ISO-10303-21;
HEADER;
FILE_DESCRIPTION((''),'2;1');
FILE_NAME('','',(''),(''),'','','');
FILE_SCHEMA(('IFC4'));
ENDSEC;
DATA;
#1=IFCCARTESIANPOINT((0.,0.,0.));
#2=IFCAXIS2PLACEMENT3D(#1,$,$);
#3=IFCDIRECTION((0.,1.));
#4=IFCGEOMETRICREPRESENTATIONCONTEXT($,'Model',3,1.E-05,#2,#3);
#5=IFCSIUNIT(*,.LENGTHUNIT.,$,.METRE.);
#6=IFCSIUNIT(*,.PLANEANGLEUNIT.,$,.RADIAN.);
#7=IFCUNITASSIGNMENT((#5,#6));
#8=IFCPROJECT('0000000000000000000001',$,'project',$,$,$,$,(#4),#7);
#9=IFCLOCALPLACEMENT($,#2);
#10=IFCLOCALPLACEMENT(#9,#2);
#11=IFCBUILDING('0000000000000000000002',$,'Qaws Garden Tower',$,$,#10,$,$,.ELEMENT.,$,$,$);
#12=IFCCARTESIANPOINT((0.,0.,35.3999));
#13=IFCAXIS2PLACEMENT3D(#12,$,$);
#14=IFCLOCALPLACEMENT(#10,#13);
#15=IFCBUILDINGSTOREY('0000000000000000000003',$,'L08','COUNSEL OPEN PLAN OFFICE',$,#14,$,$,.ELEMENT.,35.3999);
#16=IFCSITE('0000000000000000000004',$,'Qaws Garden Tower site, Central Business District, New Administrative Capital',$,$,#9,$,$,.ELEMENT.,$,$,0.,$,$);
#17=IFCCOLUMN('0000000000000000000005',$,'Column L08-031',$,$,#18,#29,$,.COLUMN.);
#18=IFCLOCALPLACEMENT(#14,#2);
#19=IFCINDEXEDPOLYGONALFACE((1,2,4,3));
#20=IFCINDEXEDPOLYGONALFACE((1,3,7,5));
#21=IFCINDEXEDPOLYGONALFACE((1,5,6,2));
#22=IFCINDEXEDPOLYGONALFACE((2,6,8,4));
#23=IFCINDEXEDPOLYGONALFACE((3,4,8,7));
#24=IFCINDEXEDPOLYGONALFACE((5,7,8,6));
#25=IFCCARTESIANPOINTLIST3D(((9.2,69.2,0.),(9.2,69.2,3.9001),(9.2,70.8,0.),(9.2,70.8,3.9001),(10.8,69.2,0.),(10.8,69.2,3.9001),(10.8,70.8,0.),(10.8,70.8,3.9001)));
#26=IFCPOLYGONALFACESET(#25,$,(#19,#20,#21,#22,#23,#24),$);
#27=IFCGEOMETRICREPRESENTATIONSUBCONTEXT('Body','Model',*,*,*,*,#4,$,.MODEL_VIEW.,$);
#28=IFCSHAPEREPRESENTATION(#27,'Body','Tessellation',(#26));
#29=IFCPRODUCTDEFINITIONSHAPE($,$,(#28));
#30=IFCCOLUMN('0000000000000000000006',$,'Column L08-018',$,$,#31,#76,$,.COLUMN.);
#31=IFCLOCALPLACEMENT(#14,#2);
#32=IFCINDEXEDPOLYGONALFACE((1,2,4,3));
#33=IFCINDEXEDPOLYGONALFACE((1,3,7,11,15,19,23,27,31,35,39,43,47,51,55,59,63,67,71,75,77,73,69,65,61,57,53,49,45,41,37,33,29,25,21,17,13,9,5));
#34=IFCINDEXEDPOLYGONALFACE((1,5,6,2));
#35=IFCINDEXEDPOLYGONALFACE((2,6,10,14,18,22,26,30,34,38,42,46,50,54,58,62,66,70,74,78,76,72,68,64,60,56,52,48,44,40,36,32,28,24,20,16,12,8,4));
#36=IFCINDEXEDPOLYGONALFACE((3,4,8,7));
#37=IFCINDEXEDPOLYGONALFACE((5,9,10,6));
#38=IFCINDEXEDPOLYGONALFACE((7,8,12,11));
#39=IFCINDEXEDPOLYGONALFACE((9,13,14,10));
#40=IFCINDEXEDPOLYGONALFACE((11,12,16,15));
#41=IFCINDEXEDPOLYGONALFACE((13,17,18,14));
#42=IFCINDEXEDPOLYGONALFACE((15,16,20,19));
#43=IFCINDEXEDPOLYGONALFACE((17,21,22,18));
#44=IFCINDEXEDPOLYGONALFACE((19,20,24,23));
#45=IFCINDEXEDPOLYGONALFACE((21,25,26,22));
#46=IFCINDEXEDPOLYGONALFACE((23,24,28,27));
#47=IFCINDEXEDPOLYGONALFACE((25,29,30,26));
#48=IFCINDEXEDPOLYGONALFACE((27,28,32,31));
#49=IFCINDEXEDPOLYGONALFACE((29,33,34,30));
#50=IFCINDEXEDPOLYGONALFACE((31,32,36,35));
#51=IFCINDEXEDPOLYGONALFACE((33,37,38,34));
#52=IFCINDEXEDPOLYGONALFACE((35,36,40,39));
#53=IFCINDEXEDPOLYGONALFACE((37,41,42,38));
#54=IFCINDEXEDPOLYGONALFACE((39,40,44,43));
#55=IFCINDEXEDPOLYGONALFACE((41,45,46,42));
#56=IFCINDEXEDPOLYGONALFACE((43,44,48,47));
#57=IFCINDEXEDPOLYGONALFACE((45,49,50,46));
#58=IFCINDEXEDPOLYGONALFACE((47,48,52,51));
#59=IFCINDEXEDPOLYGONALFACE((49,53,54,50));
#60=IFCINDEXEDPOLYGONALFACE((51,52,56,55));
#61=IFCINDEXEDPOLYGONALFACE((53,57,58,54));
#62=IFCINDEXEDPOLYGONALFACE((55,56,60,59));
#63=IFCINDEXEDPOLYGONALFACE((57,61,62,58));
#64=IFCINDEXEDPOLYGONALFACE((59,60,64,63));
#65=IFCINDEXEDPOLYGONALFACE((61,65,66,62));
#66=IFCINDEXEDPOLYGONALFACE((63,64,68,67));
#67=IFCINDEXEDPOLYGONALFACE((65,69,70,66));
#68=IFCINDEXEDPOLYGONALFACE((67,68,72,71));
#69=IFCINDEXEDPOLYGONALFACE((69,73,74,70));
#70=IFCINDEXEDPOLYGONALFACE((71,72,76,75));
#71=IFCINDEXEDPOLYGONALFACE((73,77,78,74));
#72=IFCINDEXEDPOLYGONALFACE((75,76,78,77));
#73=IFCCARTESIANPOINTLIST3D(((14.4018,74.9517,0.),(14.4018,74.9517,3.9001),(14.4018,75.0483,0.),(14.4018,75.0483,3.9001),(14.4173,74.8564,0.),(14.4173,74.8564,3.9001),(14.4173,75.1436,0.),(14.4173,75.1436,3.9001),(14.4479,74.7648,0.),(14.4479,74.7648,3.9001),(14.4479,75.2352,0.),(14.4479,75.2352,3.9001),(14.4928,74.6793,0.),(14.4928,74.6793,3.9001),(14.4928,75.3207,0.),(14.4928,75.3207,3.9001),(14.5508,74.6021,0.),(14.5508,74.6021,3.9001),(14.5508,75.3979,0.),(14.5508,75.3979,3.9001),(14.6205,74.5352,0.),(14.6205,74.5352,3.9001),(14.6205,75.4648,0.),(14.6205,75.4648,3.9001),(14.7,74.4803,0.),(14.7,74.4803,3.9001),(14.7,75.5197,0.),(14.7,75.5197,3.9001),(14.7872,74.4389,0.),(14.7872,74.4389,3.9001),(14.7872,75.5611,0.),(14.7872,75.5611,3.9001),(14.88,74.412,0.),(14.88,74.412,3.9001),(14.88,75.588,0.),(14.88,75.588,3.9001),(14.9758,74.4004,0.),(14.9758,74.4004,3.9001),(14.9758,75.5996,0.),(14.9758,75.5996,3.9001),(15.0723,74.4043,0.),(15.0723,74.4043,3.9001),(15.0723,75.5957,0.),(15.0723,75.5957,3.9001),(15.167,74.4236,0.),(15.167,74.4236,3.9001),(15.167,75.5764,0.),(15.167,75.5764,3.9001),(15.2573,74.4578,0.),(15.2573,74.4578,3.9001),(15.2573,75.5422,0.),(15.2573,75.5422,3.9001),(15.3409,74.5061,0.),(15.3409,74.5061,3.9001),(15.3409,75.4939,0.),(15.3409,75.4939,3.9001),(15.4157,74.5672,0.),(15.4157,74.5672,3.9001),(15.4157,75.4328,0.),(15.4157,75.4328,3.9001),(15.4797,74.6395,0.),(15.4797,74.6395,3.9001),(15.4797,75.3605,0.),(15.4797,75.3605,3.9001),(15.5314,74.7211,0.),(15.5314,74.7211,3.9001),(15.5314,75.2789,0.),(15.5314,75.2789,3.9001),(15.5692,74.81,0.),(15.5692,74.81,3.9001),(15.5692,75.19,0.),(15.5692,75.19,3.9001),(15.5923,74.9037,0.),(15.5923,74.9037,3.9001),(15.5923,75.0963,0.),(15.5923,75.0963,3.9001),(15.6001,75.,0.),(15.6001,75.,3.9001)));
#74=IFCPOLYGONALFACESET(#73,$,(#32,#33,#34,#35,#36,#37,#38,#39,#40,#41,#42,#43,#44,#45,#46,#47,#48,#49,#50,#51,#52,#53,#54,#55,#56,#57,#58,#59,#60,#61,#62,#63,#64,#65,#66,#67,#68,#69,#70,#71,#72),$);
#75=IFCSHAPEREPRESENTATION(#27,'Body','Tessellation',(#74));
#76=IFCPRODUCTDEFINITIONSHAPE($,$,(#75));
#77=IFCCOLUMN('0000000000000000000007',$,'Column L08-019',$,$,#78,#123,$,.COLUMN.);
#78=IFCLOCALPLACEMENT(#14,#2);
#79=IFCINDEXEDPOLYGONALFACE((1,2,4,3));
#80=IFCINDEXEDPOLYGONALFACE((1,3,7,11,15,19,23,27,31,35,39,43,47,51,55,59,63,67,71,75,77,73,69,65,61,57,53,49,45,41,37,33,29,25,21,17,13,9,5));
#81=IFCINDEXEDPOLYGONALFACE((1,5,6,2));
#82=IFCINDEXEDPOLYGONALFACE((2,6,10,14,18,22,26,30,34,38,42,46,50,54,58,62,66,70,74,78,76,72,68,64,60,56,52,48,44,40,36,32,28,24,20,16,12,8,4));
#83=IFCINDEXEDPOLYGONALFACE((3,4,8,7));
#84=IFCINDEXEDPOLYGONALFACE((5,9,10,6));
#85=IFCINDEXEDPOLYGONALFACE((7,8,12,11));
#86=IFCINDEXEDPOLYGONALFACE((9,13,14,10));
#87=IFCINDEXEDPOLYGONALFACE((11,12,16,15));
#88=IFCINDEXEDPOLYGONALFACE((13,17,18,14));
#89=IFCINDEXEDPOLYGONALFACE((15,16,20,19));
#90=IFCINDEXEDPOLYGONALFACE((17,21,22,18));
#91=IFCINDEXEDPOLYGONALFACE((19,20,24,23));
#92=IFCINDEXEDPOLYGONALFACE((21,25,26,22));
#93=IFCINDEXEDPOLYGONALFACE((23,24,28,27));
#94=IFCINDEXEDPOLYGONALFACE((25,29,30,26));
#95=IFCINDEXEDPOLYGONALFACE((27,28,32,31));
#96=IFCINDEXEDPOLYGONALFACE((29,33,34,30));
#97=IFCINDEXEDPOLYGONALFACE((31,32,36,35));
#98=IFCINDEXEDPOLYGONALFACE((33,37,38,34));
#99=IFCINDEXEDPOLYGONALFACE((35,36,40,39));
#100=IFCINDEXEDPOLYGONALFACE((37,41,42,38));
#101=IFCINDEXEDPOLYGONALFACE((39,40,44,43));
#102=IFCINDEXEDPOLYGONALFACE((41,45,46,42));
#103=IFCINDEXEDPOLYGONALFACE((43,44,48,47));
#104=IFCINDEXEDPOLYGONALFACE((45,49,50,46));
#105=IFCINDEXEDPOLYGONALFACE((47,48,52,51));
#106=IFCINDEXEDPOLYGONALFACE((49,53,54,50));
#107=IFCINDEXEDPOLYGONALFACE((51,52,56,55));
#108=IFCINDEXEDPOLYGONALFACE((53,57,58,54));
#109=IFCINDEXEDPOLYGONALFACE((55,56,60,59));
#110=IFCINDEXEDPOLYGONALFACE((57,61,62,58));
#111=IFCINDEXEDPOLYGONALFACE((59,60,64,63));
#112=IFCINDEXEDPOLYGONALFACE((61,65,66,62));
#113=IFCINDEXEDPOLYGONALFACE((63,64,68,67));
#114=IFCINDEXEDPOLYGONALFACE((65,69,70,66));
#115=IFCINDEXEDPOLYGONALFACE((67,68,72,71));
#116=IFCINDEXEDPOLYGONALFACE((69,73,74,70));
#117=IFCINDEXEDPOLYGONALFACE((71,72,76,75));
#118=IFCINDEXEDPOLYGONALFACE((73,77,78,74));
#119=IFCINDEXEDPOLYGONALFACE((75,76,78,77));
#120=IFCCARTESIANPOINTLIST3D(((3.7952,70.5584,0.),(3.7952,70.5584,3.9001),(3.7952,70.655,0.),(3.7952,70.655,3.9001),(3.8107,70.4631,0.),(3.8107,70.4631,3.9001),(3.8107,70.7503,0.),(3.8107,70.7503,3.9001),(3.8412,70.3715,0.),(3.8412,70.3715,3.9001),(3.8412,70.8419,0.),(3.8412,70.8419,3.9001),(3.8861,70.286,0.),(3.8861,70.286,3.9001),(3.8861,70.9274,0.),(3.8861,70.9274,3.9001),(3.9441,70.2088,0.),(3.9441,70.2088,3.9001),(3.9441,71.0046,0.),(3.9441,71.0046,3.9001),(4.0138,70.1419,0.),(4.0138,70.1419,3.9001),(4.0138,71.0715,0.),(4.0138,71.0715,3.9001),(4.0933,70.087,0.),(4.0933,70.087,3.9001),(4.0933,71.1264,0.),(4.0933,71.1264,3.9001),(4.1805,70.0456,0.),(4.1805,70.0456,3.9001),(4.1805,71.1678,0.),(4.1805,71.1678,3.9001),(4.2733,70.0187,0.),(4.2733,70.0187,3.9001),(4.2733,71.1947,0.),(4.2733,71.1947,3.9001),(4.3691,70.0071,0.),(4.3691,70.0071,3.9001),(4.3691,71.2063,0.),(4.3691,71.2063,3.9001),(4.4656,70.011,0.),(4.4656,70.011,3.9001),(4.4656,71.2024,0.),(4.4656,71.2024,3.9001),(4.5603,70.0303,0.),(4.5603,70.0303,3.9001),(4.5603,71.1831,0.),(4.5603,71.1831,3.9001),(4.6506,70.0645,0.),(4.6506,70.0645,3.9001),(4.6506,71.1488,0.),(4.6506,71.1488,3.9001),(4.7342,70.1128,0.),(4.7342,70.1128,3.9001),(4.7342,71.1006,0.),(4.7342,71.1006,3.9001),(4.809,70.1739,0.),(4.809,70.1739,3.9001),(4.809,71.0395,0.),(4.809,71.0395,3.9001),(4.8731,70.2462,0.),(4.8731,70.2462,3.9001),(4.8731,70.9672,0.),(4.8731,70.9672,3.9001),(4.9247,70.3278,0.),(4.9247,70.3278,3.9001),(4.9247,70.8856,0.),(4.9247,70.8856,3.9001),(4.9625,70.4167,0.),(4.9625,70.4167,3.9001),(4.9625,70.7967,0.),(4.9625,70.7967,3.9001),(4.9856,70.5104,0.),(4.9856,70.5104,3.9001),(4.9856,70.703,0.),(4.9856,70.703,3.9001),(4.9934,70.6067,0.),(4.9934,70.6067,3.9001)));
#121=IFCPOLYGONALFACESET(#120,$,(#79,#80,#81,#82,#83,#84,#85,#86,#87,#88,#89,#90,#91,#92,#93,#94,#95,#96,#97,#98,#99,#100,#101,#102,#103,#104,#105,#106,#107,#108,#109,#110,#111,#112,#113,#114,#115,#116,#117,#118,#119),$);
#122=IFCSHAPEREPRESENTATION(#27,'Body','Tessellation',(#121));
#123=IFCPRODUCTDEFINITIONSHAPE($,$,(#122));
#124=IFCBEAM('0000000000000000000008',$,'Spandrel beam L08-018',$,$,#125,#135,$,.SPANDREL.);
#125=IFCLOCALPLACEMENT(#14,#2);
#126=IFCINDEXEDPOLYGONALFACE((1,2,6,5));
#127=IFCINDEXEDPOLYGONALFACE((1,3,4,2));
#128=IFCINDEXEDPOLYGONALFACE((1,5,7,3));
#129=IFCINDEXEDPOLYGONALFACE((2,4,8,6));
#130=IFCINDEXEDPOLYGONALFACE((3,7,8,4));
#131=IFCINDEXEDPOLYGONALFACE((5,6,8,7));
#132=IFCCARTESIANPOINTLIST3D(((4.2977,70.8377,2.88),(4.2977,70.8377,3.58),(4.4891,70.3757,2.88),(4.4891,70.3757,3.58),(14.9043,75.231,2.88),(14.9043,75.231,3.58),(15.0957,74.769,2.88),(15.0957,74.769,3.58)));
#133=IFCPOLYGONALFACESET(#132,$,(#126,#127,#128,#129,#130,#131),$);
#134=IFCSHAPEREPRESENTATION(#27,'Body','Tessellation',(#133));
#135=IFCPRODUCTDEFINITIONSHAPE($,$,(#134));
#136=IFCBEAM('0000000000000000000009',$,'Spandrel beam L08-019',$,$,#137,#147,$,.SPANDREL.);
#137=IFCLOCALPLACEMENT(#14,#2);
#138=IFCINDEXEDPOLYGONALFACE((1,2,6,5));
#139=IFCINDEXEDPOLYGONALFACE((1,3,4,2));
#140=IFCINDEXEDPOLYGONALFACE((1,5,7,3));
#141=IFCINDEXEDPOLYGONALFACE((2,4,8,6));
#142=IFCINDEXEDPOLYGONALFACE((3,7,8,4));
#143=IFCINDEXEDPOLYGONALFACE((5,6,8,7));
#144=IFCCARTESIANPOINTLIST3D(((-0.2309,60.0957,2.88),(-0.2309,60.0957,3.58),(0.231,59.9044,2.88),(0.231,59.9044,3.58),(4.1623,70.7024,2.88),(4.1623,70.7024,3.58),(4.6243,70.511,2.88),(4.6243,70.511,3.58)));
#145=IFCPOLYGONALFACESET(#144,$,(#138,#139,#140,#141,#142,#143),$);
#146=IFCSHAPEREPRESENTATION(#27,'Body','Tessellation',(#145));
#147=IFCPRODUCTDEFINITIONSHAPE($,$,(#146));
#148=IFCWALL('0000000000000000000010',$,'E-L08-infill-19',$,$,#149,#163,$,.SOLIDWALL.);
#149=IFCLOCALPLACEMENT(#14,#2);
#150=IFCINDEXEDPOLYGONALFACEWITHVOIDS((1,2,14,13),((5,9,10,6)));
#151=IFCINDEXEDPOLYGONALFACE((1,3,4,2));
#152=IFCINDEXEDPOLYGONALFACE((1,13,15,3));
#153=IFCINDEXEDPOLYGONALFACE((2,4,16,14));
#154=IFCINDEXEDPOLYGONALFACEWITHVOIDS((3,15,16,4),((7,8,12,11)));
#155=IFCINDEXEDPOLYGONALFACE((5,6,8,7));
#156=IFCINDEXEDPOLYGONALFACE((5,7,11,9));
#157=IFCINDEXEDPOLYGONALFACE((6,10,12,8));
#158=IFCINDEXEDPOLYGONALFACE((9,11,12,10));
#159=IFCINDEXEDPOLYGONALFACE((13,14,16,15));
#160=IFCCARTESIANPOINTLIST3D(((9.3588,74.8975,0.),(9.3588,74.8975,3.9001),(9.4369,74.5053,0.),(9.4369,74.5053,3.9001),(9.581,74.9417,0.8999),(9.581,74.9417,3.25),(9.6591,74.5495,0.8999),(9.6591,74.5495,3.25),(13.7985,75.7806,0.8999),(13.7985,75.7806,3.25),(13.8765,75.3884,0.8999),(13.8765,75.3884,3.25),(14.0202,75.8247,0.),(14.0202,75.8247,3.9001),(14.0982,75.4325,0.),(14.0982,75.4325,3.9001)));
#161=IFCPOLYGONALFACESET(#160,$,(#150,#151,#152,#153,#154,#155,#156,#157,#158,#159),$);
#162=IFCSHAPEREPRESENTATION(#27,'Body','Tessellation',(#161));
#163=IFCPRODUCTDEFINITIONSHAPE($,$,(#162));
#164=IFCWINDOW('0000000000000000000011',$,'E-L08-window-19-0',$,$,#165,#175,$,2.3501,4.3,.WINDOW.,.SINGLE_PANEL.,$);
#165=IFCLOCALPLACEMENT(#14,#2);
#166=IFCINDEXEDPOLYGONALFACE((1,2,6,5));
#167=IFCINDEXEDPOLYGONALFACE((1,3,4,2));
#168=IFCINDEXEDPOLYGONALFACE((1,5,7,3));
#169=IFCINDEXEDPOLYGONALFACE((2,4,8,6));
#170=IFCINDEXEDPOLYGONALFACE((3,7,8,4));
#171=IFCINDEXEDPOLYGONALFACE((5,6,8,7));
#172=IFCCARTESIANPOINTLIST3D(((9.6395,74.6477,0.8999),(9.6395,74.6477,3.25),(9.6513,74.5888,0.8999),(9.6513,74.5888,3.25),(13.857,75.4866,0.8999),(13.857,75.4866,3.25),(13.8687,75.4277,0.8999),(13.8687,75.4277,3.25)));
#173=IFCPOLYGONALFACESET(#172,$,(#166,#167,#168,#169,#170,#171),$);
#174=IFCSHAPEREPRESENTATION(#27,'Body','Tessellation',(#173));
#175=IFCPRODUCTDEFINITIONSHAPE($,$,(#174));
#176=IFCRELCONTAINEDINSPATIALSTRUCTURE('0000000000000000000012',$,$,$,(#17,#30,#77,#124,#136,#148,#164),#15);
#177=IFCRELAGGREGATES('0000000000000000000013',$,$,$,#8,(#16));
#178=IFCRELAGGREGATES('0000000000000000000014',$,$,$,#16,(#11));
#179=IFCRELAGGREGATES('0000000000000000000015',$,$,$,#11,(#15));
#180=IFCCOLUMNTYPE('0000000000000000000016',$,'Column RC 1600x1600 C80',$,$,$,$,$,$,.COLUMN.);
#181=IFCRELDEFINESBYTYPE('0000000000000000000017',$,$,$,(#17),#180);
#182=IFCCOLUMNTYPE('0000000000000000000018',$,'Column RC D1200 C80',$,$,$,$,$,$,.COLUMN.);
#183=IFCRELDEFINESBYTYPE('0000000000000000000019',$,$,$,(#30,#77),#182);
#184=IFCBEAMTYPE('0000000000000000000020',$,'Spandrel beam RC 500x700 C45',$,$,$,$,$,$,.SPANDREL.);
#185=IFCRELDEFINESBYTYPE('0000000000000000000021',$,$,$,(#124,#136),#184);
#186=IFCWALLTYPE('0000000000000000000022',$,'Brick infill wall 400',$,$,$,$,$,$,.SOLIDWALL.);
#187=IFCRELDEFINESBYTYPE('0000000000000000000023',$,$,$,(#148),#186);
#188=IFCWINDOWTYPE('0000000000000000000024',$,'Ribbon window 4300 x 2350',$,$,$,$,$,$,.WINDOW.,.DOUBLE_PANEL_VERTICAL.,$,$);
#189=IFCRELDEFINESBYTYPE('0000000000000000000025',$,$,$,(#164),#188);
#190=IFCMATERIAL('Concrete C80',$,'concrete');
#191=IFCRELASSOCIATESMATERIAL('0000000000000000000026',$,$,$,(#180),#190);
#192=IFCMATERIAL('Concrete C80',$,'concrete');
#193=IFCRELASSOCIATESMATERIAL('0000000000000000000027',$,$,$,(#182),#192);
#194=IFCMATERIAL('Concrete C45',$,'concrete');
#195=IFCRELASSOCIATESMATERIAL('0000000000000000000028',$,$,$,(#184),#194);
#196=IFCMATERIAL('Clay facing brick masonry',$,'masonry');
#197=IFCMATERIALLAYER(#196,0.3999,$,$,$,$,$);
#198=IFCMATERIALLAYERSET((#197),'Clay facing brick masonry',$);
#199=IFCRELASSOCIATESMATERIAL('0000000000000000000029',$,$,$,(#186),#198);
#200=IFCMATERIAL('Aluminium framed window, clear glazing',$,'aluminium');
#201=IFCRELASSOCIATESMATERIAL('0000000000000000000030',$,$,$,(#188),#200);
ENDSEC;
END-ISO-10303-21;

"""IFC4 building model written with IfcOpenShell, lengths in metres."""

from ifc_helpers import new_model, si_unit, direction, frame, frame_2d, origin, origin_2d, place, context, subcontext, project, spatial, rectangle, circle, extrude, material, layer, layer_set, material_profile, profile_set, type_object, element, fill, save


model = new_model("IFC4")

# Units and contexts
model_context = context("Model", 3, precision=1e-05, world=origin(), true_north=direction((0.0, 1.0)))
body_context = subcontext(model_context, "Body", "Model", "MODEL_VIEW")
ifc_project = project(units=[si_unit("LENGTHUNIT", "METRE"), si_unit("PLANEANGLEUNIT", "RADIAN")], contexts=[model_context])

# Site, building, storey
site_placement = place(None, origin())
site = spatial("IfcSite", under=ifc_project, at=site_placement, Name="Qaws Garden Tower site, Central Business District, New Administrative Capital", CompositionType="ELEMENT", RefElevation=0.0)
building_placement = place(site_placement, origin())
building = spatial("IfcBuilding", under=site, at=building_placement, Name="Qaws Garden Tower", CompositionType="ELEMENT")
storey_placement = place(building_placement, frame((0.0, 0.0, 35.3999)))
storey = spatial("IfcBuildingStorey", under=building, at=storey_placement, Name="L08", Description="COUNSEL OPEN PLAN OFFICE", CompositionType="ELEMENT", Elevation=35.3999)

# Columns
ifc_material_1 = material(Name="Concrete C80", Category="concrete")
ifc_material_profile_1 = material_profile(ifc_material_1, rectangle(XDim=1.6001, YDim=1.6001, at=origin_2d()), Name="RC 1600x1600")
ifc_profile_set_1 = profile_set([ifc_material_profile_1], Name="Concrete C80")
column_type_1 = type_object("IfcColumnType", Name="Column RC 1600x1600 C80", PredefinedType="COLUMN", material=ifc_profile_set_1)
column_placement = place(storey_placement, frame((10.0, 70.0, 0.0), z_axis=(0.0, 0.0, 1.0), x_axis=(1.0, 0.0, 0.0)))
element("IfcColumn", 1, at=column_placement, inside=storey, type_object=column_type_1, Name="Column L08-031", PredefinedType="COLUMN", context=body_context, shape_type="SweptSolid", body=[
    extrude(rectangle(XDim=1.6001, YDim=1.6001, at=origin_2d()), origin(), (0.0, 0.0, 1.0), 3.9001),
])
ifc_material_2 = material(Name="Concrete C80", Category="concrete")
ifc_material_profile_2 = material_profile(ifc_material_2, circle(Radius=0.6001, at=origin_2d()), Name="RC D1200")
ifc_profile_set_2 = profile_set([ifc_material_profile_2], Name="Concrete C80")
column_type_2 = type_object("IfcColumnType", Name="Column RC D1200 C80", PredefinedType="COLUMN", material=ifc_profile_set_2)
for number, where, z_axis, x_axis, name in (
    (2, (15.0, 75.0, 0.0), (0.0, 0.0, 1.0), (1.0, 0.0, 0.0), "Column L08-018"),
    (3, (4.3933, 70.6067, 0.0), (0.0, 0.0, 1.0), (1.0, 0.0, 0.0), "Column L08-019"),
):
    element("IfcColumn", number, at=place(storey_placement, frame(where, z_axis=z_axis, x_axis=x_axis)), inside=storey, type_object=column_type_2, Name=name, PredefinedType="COLUMN", context=body_context, shape_type="SweptSolid", body=[
        extrude(circle(Radius=0.6001, at=origin_2d()), origin(), (0.0, 0.0, 1.0), 3.9001),
    ])

# Beams
ifc_material_3 = material(Name="Concrete C45", Category="concrete")
ifc_material_profile_3 = material_profile(ifc_material_3, rectangle(XDim=0.5, YDim=0.7, at=origin_2d()), Name="RC 500x700")
ifc_profile_set_3 = profile_set([ifc_material_profile_3], Name="Concrete C45")
beam_type = type_object("IfcBeamType", Name="Spandrel beam RC 500x700 C45", PredefinedType="SPANDREL", material=ifc_profile_set_3)
for number, where, z_axis, x_axis, name in (
    (4, (15.0, 75.0, 3.23), (-0.923883, -0.382674, 0.0), (0.382674, -0.923883, 0.0), "Spandrel beam L08-018"),
    (5, (4.3933, 70.6067, 3.23), (-0.382674, -0.923883, 0.0), (0.923883, -0.382674, 0.0), "Spandrel beam L08-019"),
):
    element("IfcBeam", number, at=place(storey_placement, frame(where, z_axis=z_axis, x_axis=x_axis)), inside=storey, type_object=beam_type, Name=name, PredefinedType="SPANDREL", context=body_context, shape_type="SweptSolid", body=[
        extrude(rectangle(XDim=0.5, YDim=0.7, at=origin_2d()), origin(), (0.0, 0.0, 1.0), 11.4805),
    ])

# Wall, opening, window
ifc_material_4 = material(Name="Clay facing brick masonry", Category="masonry")
ifc_layer_1 = layer(ifc_material_4, 0.3999)
ifc_layer_set_1 = layer_set([ifc_layer_1], Name="Clay facing brick masonry")
wall_type_1 = type_object("IfcWallType", Name="Brick infill wall 400", PredefinedType="SOLIDWALL", material=ifc_layer_set_1)
wall_1_placement = place(storey_placement, frame((14.0593, 75.6287, 0.0), z_axis=(0.0, 0.0, 1.0), x_axis=(-0.980784, -0.195099, 0.0)))
wall_1 = element("IfcWall", 6, at=wall_1_placement, inside=storey, type_object=wall_type_1, Name="E-L08-infill-19", PredefinedType="SOLIDWALL", context=body_context, shape_type="SweptSolid", body=[
    extrude(rectangle(XDim=4.7527, YDim=0.3999, at=frame_2d((2.3765, 0.0))), origin(), (0.0, 0.0, 1.0), 3.9001),
])
opening_1_placement = place(wall_1_placement, frame((0.2263, 0.0, 0.8999)))
opening_1 = element("IfcOpeningElement", 7, at=opening_1_placement, cuts=wall_1, PredefinedType="OPENING", context=body_context, shape_type="SweptSolid", body=[
    extrude(rectangle(XDim=4.3, YDim=2.3501, at=frame_2d((2.1499, 1.175))), frame((0.0, 0.21, 0.0), z_axis=(0.0, -1.0, 0.0), x_axis=(1.0, 0.0, 0.0)), (0.0, 0.0, 1.0), 0.4199),
])
ifc_material_5 = material(Name="Aluminium framed window, clear glazing", Category="aluminium")
window_type = type_object("IfcWindowType", Name="Ribbon window 4300 x 2350", PartitioningType="DOUBLE_PANEL_VERTICAL", PredefinedType="WINDOW", material=ifc_material_5)
window_1_placement = place(opening_1_placement, origin())
window_1 = element("IfcWindow", 8, at=window_1_placement, inside=storey, type_object=window_type, Name="E-L08-window-19-0", OverallHeight=2.3501, OverallWidth=4.3, PartitioningType="SINGLE_PANEL", PredefinedType="WINDOW", context=body_context, shape_type="SweptSolid", body=[
    extrude(rectangle(XDim=4.3, YDim=2.3501, at=frame_2d((2.1499, 1.175))), frame((0.0, 0.1599, 0.0), z_axis=(0.0, -1.0, 0.0), x_axis=(1.0, 0.0, 0.0)), (0.0, 0.0, 1.0), 0.0601),
])
fill(opening_1, window_1)

save(model, "model.ifc")
